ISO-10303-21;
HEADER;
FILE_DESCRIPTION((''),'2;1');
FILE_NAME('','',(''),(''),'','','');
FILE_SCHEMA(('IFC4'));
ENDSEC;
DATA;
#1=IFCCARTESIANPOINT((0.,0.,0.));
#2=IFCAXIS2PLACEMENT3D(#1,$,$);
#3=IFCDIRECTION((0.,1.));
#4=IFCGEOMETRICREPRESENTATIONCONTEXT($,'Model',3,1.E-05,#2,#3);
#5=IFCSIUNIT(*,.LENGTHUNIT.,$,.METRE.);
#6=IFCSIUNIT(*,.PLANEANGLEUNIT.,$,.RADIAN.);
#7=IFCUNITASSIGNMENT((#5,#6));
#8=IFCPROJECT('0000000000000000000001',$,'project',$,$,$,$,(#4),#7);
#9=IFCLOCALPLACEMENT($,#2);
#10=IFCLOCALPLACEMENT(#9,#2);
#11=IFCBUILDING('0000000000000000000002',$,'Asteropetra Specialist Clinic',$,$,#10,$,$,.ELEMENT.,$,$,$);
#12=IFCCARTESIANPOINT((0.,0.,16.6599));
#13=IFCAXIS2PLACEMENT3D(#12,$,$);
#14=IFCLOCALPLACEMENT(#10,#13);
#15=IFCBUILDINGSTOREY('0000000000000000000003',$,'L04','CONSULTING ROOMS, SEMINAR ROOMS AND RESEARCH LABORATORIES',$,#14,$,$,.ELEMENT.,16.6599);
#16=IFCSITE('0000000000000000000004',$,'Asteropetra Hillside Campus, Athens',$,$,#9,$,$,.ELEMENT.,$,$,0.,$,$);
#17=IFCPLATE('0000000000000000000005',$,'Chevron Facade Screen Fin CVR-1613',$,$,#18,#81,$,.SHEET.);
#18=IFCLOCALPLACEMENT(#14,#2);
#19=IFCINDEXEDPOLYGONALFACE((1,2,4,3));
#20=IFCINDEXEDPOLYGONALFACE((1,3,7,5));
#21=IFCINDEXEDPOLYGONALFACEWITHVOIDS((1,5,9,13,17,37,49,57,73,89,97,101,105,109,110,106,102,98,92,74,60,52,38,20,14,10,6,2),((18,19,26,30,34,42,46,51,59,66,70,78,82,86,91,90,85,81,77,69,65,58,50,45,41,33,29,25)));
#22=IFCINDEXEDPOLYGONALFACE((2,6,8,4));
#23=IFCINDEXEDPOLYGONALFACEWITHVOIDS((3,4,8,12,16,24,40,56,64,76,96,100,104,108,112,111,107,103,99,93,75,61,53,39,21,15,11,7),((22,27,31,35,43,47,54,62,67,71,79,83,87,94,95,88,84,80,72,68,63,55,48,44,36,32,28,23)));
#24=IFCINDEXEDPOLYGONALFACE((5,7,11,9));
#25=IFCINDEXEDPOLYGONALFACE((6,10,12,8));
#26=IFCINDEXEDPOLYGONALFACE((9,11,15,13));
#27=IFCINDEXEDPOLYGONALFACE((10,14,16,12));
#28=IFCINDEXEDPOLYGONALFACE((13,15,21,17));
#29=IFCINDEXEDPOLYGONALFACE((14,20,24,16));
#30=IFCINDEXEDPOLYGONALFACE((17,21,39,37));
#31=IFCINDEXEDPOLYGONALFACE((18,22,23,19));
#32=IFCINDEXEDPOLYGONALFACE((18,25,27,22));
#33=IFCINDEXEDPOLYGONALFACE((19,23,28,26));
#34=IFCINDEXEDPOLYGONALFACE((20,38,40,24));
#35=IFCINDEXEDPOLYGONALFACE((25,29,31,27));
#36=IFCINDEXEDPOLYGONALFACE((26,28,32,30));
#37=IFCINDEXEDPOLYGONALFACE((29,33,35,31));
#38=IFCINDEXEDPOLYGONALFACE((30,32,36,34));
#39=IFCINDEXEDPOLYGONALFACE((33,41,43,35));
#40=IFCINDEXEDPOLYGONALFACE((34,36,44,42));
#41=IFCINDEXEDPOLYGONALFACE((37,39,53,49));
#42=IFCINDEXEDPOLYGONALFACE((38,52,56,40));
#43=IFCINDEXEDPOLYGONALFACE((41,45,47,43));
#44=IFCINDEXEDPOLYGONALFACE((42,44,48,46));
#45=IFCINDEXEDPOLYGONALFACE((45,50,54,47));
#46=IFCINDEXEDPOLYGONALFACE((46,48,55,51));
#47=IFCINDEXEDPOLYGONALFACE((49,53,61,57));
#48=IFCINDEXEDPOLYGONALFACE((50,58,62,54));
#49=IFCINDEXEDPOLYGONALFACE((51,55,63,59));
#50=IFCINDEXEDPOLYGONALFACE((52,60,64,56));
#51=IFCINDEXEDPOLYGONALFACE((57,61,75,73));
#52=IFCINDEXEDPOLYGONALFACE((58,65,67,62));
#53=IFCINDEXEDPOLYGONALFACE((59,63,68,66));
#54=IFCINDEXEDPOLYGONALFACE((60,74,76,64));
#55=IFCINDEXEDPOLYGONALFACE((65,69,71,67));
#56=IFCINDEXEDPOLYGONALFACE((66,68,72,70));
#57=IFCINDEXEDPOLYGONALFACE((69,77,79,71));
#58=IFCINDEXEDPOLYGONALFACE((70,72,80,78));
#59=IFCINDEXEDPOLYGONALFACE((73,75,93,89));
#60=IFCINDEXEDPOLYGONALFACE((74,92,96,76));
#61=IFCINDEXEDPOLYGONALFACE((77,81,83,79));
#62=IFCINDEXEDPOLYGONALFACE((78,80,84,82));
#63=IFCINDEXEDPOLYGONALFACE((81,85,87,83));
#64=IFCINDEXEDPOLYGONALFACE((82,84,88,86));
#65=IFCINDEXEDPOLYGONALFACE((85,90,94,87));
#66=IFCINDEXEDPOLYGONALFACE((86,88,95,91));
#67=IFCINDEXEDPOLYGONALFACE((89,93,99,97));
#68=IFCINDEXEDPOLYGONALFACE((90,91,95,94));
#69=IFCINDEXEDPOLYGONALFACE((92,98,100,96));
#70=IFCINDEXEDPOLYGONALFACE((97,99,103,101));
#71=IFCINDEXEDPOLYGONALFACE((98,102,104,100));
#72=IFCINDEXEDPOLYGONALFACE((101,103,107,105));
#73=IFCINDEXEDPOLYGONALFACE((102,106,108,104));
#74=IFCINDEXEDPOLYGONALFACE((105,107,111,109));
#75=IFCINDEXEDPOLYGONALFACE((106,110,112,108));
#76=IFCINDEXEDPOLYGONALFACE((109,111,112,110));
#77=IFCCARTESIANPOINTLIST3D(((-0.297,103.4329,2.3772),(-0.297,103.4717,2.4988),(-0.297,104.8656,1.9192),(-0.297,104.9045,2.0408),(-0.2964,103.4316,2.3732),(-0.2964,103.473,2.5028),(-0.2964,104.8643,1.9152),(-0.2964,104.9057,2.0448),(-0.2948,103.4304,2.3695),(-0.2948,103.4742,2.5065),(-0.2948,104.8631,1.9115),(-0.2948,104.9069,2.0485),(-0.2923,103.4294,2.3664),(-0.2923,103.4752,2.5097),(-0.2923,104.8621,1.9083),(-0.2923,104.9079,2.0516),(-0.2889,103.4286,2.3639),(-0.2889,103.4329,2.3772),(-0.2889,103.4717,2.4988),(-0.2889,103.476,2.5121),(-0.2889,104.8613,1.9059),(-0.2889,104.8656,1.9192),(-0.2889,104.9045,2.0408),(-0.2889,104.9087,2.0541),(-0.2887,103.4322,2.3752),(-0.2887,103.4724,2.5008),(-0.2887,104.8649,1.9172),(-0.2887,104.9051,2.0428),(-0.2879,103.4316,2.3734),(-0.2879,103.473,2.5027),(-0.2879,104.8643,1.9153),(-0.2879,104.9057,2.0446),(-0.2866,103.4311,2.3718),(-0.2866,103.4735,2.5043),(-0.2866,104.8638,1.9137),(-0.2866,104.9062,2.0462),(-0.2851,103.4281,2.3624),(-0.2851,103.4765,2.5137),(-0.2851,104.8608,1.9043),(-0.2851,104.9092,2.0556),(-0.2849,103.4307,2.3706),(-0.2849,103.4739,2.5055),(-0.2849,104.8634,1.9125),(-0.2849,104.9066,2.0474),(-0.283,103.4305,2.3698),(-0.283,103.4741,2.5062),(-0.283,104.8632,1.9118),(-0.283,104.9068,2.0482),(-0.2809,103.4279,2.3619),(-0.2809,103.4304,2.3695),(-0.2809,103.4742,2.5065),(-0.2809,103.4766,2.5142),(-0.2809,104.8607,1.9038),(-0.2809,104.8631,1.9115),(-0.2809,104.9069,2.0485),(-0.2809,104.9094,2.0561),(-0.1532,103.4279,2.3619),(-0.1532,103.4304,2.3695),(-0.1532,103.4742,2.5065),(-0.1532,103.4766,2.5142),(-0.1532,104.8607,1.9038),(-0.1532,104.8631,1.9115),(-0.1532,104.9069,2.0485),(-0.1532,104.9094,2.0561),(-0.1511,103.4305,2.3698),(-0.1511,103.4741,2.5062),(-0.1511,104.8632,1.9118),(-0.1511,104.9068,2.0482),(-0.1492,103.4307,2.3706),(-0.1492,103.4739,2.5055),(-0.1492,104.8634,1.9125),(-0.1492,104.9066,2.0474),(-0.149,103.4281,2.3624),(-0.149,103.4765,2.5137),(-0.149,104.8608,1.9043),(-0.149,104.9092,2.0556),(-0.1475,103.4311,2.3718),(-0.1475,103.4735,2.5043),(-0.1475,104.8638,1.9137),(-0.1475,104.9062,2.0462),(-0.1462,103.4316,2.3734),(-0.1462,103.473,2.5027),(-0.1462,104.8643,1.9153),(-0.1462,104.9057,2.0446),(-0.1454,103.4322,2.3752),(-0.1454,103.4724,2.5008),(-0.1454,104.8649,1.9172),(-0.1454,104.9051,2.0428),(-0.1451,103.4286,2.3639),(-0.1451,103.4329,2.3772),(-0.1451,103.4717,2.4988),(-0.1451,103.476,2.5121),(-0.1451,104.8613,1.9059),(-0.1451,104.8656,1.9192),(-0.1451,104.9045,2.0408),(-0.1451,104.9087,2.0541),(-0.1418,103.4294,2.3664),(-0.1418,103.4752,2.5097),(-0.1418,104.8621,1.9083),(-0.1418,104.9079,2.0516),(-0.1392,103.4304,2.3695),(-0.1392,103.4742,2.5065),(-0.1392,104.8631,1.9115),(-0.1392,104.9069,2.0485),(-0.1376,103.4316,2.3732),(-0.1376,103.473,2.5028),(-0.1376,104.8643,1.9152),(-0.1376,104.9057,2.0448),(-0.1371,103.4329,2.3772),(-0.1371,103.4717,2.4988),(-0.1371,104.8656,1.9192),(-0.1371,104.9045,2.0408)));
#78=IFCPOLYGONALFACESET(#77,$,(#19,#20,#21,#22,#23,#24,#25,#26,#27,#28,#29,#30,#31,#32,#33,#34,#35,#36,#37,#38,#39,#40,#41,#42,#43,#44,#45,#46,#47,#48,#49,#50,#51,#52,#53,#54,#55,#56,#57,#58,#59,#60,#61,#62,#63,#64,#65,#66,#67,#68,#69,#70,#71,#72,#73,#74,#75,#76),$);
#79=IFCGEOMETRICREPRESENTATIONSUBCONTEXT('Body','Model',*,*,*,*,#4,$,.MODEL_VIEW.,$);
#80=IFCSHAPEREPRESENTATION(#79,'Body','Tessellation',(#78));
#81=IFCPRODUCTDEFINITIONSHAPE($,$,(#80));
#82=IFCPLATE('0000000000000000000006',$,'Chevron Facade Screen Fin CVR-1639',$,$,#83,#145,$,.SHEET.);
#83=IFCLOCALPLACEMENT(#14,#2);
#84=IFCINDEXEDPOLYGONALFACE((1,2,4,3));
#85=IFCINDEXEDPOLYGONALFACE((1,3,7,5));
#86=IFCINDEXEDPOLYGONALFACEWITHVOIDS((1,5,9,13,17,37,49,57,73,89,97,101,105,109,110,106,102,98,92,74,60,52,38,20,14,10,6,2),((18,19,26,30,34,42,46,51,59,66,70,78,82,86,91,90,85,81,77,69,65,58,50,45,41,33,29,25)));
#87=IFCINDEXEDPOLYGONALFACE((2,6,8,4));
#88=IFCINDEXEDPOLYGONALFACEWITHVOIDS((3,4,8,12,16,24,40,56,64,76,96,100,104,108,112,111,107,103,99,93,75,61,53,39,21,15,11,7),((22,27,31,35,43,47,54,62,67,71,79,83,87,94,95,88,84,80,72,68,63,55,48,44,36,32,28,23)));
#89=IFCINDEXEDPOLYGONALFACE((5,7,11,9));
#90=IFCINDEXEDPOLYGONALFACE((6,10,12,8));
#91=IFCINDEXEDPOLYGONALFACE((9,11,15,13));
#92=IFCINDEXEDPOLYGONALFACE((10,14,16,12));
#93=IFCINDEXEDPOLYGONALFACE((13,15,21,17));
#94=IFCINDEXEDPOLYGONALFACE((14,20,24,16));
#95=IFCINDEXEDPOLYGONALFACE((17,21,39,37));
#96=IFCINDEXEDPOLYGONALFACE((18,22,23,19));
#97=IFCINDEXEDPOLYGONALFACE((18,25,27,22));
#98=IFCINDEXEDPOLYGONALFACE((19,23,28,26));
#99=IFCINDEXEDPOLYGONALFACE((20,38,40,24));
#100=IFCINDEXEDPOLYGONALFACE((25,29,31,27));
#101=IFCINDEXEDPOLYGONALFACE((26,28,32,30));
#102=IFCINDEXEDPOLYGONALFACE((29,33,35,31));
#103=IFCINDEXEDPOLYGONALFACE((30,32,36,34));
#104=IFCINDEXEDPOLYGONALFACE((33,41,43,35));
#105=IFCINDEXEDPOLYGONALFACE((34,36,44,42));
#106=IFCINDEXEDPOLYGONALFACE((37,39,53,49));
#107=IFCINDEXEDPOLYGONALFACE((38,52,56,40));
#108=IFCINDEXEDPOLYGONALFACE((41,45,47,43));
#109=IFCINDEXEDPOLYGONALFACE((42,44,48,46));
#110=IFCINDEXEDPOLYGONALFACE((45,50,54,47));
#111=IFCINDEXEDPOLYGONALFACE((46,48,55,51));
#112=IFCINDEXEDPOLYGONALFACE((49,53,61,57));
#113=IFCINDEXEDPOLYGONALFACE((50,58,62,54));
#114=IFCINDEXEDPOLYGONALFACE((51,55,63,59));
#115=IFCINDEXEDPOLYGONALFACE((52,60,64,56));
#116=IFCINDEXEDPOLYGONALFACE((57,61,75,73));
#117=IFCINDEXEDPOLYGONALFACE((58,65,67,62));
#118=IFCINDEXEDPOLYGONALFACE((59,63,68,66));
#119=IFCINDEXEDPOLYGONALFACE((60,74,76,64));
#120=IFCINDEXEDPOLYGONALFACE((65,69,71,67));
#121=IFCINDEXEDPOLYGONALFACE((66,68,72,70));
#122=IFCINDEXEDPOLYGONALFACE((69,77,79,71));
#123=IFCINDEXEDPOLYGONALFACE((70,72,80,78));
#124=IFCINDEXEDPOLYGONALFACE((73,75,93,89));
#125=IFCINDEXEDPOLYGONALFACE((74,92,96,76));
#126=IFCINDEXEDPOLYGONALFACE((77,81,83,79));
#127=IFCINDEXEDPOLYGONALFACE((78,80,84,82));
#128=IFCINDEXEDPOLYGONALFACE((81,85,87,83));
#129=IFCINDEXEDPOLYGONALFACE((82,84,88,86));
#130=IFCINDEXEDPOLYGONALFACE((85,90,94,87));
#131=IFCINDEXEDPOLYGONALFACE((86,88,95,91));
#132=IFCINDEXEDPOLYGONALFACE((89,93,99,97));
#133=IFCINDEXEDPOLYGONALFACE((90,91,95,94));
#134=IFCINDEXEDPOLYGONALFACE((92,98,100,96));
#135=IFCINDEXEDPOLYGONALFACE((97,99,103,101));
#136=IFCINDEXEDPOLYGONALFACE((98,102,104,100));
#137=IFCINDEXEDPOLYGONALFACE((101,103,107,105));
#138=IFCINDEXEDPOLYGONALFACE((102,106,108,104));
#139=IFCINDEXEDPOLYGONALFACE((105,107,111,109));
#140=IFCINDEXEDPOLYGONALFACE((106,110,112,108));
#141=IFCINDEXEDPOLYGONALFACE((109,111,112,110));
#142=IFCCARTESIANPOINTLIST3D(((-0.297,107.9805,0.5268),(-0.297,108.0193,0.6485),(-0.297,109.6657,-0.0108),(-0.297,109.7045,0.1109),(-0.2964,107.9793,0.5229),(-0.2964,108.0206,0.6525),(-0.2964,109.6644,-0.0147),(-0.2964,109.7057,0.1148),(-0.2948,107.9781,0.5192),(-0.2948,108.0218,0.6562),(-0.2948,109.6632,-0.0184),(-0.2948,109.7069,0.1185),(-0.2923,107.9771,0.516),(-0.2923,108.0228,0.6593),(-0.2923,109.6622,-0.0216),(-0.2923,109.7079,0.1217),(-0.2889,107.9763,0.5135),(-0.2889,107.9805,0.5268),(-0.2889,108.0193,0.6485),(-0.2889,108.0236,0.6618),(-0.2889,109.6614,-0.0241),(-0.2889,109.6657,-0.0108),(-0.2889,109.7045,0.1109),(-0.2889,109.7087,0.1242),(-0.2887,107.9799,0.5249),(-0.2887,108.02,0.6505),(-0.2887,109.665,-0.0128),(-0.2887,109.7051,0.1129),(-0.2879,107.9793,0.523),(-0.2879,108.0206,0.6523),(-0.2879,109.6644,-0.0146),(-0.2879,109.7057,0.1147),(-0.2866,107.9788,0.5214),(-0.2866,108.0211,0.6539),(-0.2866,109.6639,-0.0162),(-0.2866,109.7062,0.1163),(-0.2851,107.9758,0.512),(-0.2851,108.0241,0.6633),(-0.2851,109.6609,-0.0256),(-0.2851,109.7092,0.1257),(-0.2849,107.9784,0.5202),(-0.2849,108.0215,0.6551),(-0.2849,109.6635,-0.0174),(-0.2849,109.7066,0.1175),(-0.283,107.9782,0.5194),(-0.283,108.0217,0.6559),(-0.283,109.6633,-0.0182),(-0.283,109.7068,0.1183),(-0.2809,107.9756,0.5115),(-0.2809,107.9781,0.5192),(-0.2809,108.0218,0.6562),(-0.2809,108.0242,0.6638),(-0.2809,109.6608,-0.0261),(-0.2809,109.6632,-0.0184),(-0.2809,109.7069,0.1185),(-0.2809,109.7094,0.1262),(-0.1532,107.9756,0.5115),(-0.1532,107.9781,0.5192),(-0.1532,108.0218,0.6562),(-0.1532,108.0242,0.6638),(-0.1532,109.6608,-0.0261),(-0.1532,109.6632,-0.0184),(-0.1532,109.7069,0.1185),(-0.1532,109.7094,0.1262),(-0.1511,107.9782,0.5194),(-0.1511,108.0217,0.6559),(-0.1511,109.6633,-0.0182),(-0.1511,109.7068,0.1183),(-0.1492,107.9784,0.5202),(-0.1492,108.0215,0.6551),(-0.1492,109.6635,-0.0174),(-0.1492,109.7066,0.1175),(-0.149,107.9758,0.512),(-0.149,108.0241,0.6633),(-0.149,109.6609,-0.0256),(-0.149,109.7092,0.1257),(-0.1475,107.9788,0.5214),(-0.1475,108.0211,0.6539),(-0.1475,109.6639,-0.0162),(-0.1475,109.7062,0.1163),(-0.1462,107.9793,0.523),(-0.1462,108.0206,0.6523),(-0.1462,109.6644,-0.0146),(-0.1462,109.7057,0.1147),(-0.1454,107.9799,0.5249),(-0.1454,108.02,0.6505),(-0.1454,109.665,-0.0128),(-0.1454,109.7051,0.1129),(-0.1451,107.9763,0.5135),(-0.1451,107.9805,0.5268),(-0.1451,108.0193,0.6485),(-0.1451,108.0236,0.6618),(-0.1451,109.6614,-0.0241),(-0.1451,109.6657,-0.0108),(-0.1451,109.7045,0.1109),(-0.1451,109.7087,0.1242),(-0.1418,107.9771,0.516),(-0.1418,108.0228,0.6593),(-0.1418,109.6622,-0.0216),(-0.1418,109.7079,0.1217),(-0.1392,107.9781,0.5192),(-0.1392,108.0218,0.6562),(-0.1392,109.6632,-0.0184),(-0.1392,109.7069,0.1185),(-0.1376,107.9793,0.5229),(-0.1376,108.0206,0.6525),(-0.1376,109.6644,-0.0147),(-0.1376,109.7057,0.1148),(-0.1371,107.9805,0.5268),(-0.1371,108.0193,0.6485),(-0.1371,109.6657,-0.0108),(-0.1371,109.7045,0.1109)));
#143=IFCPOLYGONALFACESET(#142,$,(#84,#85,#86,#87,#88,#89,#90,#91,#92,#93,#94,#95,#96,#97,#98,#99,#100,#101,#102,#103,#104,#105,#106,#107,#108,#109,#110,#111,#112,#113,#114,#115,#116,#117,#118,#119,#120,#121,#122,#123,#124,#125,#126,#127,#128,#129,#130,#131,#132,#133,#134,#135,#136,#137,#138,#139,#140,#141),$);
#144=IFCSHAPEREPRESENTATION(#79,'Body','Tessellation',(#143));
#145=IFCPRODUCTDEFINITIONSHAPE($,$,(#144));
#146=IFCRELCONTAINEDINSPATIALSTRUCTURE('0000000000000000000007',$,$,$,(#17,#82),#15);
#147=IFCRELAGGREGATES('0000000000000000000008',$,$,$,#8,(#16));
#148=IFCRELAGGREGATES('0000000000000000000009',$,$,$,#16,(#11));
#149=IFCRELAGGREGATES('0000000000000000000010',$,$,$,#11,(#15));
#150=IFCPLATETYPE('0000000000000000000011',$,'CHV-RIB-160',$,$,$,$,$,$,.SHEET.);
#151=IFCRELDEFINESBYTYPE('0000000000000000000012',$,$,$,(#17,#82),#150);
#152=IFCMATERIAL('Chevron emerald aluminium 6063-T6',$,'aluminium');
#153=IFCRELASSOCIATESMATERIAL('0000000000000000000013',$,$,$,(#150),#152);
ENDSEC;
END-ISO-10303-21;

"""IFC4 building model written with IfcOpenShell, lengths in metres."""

from ifc_helpers import new_model, si_unit, direction, frame, origin, origin_2d, place, context, subcontext, project, spatial, hollow_rectangle, extrude, material, material_profile, profile_set, type_object, element, save


model = new_model("IFC4")

# Units and contexts
model_context = context("Model", 3, precision=1e-05, world=origin(), true_north=direction((0.0, 1.0)))
body_context = subcontext(model_context, "Body", "Model", "MODEL_VIEW")
ifc_project = project(units=[si_unit("LENGTHUNIT", "METRE"), si_unit("PLANEANGLEUNIT", "RADIAN")], contexts=[model_context])

# Site, building, storey
site_placement = place(None, origin())
site = spatial("IfcSite", under=ifc_project, at=site_placement, Name="Asteropetra Hillside Campus, Athens", CompositionType="ELEMENT", RefElevation=0.0)
building_placement = place(site_placement, origin())
building = spatial("IfcBuilding", under=site, at=building_placement, Name="Asteropetra Specialist Clinic", CompositionType="ELEMENT")
storey_placement = place(building_placement, frame((0.0, 0.0, 16.6599)))
storey = spatial("IfcBuildingStorey", under=building, at=storey_placement, Name="L04", Description="CONSULTING ROOMS, SEMINAR ROOMS AND RESEARCH LABORATORIES", CompositionType="ELEMENT", Elevation=16.6599)

# Plates
ifc_material_1 = material(Name="Chevron emerald aluminium 6063-T6", Category="aluminium")
ifc_material_profile_1 = material_profile(ifc_material_1, hollow_rectangle(XDim=0.1599, YDim=0.1599, WallThickness=0.0081, InnerFilletRadius=0.0081, OuterFilletRadius=0.0161, at=origin_2d()), Name="SHS 160x160x8.0")
ifc_profile_set_1 = profile_set([ifc_material_profile_1], Name="Chevron emerald aluminium 6063-T6")
plate_type_1 = type_object("IfcPlateType", Name="CHV-RIB-160", PredefinedType="SHEET", material=ifc_profile_set_1)
for number, where, z_axis, x_axis, name in (
    (1, (-0.217, 104.885, 1.98), (0.0, -0.952507, 0.304517), (1.0, 0.0, 0.0), "Chevron Facade Screen Fin CVR-1613"),
):
    element("IfcPlate", number, at=place(storey_placement, frame(where, z_axis=z_axis, x_axis=x_axis)), inside=storey, type_object=plate_type_1, Name=name, PredefinedType="SHEET", context=body_context, shape_type="SweptSolid", body=[
        extrude(hollow_rectangle(XDim=0.1599, YDim=0.1599, WallThickness=0.0081, InnerFilletRadius=0.0081, OuterFilletRadius=0.0161, at=origin_2d()), origin(), (0.0, 0.0, 1.0), 1.5042),
    ])
for number, where, z_axis, x_axis, name in (
    (2, (-0.217, 109.6851, 0.05), (0.0, -0.95269, 0.303944), (1.0, 0.0, 0.0), "Chevron Facade Screen Fin CVR-1639"),
):
    element("IfcPlate", number, at=place(storey_placement, frame(where, z_axis=z_axis, x_axis=x_axis)), inside=storey, type_object=plate_type_1, Name=name, PredefinedType="SHEET", context=body_context, shape_type="SweptSolid", body=[
        extrude(hollow_rectangle(XDim=0.1599, YDim=0.1599, WallThickness=0.0081, InnerFilletRadius=0.0081, OuterFilletRadius=0.0161, at=origin_2d()), origin(), (0.0, 0.0, 1.0), 1.7688),
    ])

save(model, "model.ifc")
